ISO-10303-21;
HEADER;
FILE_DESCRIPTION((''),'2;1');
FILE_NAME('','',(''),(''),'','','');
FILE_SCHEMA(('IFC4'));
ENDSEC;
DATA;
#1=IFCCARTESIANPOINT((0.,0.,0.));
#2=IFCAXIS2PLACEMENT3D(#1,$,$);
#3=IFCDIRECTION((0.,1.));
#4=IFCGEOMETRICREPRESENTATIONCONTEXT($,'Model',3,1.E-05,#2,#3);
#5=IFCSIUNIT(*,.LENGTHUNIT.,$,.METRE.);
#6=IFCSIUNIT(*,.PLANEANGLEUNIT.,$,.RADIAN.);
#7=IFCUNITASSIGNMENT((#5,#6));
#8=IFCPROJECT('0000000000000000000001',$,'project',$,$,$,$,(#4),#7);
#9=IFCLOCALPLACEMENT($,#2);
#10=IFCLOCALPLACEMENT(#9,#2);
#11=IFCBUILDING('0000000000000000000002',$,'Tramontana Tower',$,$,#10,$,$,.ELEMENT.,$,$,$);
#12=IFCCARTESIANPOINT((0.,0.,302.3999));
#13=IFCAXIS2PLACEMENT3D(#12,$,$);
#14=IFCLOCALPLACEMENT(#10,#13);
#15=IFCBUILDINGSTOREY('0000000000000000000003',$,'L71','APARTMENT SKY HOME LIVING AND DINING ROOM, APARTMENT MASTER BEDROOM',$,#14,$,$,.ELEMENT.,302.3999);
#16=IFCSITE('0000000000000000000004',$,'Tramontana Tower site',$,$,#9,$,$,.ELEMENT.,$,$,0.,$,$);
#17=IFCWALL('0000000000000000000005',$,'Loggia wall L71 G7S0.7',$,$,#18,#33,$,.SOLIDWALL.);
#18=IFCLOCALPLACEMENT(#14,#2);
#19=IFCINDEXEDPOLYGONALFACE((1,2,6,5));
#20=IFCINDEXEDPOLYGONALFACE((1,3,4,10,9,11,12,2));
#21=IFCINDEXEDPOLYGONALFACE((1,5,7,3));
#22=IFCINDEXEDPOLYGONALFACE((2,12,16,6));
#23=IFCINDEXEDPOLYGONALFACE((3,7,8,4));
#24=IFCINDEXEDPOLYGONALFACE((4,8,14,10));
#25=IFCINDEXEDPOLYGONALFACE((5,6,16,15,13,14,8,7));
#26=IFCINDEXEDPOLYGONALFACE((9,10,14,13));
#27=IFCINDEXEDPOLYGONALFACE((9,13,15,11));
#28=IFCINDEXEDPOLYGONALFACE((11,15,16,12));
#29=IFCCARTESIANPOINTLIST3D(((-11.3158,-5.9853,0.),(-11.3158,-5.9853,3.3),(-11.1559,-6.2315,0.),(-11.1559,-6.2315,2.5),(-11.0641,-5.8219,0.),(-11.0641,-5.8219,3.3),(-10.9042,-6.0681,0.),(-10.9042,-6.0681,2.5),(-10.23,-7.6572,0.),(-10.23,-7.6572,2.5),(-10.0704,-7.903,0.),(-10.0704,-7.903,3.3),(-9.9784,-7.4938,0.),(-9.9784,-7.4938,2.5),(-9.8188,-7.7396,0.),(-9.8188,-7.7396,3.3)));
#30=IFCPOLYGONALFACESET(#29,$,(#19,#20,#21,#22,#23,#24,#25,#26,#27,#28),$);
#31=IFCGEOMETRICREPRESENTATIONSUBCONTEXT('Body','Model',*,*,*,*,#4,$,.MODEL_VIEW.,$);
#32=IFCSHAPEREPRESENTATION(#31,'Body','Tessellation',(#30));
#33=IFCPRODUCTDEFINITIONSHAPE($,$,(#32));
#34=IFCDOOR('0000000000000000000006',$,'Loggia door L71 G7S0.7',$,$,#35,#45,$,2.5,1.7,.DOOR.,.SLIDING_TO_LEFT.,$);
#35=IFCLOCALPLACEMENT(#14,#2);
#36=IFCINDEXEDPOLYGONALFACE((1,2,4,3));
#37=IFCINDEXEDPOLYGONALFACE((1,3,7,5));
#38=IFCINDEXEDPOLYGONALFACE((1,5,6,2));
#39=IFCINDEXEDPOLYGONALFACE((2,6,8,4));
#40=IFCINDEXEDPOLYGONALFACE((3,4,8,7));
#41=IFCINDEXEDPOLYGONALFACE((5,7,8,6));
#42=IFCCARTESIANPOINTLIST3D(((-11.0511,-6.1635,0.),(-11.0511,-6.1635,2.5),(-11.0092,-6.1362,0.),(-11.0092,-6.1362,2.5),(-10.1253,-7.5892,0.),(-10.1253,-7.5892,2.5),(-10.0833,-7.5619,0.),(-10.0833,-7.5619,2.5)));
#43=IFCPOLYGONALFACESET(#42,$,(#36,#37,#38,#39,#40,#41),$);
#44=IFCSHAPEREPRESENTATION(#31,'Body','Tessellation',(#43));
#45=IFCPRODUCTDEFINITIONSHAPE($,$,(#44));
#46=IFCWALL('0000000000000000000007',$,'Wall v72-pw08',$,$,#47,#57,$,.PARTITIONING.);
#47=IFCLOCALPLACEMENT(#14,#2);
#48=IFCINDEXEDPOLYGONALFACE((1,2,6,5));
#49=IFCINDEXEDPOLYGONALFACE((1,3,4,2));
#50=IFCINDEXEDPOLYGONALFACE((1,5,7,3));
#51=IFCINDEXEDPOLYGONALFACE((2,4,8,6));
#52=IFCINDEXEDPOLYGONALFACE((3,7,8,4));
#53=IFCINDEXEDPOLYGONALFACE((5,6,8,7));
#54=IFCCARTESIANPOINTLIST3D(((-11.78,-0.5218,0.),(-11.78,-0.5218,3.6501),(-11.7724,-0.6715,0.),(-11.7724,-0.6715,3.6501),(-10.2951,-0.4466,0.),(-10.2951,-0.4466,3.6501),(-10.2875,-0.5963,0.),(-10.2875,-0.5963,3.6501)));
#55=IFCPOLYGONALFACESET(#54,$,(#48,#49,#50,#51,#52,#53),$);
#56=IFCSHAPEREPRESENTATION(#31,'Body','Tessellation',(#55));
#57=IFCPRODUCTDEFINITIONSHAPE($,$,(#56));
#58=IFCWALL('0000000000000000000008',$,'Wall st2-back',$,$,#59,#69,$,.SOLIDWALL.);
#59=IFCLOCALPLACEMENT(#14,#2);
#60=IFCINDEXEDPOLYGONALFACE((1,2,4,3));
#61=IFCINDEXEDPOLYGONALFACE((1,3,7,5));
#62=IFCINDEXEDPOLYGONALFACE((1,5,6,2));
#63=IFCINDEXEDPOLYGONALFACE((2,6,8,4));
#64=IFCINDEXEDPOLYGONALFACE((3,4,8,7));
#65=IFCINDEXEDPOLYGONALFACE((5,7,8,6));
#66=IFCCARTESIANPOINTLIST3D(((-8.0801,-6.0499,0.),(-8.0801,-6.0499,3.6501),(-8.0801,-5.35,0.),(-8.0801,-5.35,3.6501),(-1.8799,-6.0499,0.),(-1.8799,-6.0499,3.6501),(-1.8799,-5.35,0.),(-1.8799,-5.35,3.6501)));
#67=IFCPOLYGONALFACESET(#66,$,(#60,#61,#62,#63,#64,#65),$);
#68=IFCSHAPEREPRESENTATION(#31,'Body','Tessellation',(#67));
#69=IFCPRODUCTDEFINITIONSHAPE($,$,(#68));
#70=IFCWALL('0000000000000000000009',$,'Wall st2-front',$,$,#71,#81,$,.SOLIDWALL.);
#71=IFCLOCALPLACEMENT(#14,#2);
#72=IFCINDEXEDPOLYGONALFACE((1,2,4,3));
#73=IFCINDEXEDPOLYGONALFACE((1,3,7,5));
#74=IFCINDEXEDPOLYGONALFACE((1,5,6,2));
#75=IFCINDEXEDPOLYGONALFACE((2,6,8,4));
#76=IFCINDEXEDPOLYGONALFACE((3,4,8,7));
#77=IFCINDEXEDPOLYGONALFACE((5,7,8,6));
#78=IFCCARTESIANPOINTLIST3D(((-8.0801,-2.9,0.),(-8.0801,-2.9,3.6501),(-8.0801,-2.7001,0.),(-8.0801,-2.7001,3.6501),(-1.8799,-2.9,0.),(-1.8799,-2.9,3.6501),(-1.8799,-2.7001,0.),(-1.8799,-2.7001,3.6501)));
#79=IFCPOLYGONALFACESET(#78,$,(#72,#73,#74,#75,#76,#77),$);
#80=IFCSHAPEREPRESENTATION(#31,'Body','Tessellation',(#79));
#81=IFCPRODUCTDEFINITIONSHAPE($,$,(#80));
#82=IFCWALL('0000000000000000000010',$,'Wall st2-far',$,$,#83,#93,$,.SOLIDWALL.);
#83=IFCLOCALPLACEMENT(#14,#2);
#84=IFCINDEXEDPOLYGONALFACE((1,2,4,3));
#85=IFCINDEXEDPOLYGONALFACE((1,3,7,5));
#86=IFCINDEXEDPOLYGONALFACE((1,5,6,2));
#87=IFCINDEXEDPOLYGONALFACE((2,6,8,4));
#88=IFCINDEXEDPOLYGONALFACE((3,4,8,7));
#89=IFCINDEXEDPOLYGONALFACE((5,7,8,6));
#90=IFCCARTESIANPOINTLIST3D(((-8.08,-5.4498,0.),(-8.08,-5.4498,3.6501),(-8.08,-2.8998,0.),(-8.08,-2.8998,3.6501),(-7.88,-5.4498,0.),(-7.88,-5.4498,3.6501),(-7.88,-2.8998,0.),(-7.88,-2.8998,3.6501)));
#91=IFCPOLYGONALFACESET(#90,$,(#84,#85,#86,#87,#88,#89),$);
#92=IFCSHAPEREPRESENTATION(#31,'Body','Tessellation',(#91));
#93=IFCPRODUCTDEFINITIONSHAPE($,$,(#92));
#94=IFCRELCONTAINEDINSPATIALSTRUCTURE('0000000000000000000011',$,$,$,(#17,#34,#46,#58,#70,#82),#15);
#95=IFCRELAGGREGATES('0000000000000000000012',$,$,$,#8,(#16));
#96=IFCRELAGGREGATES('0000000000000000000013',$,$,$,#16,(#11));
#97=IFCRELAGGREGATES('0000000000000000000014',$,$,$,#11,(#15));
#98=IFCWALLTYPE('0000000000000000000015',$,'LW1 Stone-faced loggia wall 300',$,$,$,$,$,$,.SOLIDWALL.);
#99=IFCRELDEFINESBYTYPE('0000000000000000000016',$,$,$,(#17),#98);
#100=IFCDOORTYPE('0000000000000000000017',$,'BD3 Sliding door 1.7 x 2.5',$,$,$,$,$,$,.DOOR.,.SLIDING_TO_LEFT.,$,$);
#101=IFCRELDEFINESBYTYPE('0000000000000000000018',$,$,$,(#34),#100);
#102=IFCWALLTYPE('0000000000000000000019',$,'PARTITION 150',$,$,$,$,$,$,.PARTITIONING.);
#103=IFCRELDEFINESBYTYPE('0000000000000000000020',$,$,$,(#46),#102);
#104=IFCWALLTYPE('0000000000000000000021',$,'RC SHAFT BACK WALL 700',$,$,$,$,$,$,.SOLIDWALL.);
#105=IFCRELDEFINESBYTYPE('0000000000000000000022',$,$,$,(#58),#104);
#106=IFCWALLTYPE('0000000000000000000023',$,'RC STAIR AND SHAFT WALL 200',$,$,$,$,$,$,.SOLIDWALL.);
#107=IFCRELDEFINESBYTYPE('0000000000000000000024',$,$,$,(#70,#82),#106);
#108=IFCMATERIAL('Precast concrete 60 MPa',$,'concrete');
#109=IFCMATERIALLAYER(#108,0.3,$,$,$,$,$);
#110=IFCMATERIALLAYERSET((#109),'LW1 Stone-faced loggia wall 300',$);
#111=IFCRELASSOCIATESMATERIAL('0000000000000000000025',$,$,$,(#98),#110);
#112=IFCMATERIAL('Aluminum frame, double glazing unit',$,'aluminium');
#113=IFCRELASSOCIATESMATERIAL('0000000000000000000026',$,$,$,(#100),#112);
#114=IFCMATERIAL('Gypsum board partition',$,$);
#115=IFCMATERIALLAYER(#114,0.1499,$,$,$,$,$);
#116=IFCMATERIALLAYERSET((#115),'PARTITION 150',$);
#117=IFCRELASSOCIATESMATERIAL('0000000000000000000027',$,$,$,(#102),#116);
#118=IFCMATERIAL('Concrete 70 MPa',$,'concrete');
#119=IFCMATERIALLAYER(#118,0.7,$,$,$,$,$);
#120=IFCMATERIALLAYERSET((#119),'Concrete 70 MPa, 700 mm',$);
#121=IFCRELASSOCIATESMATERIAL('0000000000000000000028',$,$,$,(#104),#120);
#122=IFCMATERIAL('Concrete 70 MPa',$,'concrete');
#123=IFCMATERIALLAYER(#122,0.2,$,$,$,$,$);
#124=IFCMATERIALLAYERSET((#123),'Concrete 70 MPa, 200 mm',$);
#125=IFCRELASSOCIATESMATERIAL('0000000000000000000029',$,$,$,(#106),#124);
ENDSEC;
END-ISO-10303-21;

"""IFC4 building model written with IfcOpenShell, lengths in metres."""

from ifc_helpers import new_model, si_unit, direction, frame, frame_2d, origin, place, context, subcontext, project, spatial, rectangle, extrude, material, layer, layer_set, type_object, element, fill, save


model = new_model("IFC4")

# Units and contexts
model_context = context("Model", 3, precision=1e-05, world=origin(), true_north=direction((0.0, 1.0)))
body_context = subcontext(model_context, "Body", "Model", "MODEL_VIEW")
ifc_project = project(units=[si_unit("LENGTHUNIT", "METRE"), si_unit("PLANEANGLEUNIT", "RADIAN")], contexts=[model_context])

# Site, building, storey
site_placement = place(None, origin())
site = spatial("IfcSite", under=ifc_project, at=site_placement, Name="Tramontana Tower site", CompositionType="ELEMENT", RefElevation=0.0)
building_placement = place(site_placement, origin())
building = spatial("IfcBuilding", under=site, at=building_placement, Name="Tramontana Tower", CompositionType="ELEMENT")
storey_placement = place(building_placement, frame((0.0, 0.0, 302.3999)))
storey = spatial("IfcBuildingStorey", under=building, at=storey_placement, Name="L71", Description="APARTMENT SKY HOME LIVING AND DINING ROOM, APARTMENT MASTER BEDROOM", CompositionType="ELEMENT", Elevation=302.3999)

# Shared definitions
ifc_material_1 = material(Name="Precast concrete 60 MPa", Category="concrete")
ifc_layer_1 = layer(ifc_material_1, 0.3)
ifc_layer_set_1 = layer_set([ifc_layer_1], Name="LW1 Stone-faced loggia wall 300")
wall_type_1 = type_object("IfcWallType", Name="LW1 Stone-faced loggia wall 300", PredefinedType="SOLIDWALL", material=ifc_layer_set_1)

# Wall, opening, door
wall_1_placement = place(storey_placement, frame((-11.1899, -5.9036, 0.0), z_axis=(0.0, 0.0, 1.0), x_axis=(0.544632, -0.838675, 0.0)))
wall_1 = element("IfcWall", 1, at=wall_1_placement, inside=storey, type_object=wall_type_1, Name="Loggia wall L71 G7S0.7", PredefinedType="SOLIDWALL", context=body_context, shape_type="SweptSolid", body=[
    extrude(rectangle(XDim=2.2866, YDim=0.3, at=frame_2d((1.1433, 0.0))), origin(), (0.0, 0.0, 1.0), 3.3),
])
opening_1_placement = place(wall_1_placement, frame((0.2935, 0.0, 0.0)))
opening_1 = element("IfcOpeningElement", 2, at=opening_1_placement, cuts=wall_1, PredefinedType="OPENING", context=body_context, shape_type="SweptSolid", body=[
    extrude(rectangle(XDim=1.7, YDim=2.5, at=frame_2d((0.8501, 1.25))), frame((0.0, 0.1599, 0.0), z_axis=(0.0, -1.0, 0.0), x_axis=(1.0, 0.0, 0.0)), (0.0, 0.0, 1.0), 0.3201),
])
ifc_material_2 = material(Name="Aluminum frame, double glazing unit", Category="aluminium")
door_type_1 = type_object("IfcDoorType", Name="BD3 Sliding door 1.7 x 2.5", OperationType="SLIDING_TO_LEFT", PredefinedType="DOOR", material=ifc_material_2)
door_1_placement = place(opening_1_placement, origin())
door_1 = element("IfcDoor", 3, at=door_1_placement, inside=storey, type_object=door_type_1, Name="Loggia door L71 G7S0.7", OperationType="SLIDING_TO_LEFT", OverallHeight=2.5, OverallWidth=1.7, PredefinedType="DOOR", context=body_context, shape_type="SweptSolid", body=[
    extrude(rectangle(XDim=1.7, YDim=2.5, at=frame_2d((0.8501, 1.25))), frame((0.0, 0.0249, 0.0), z_axis=(0.0, -1.0, 0.0), x_axis=(1.0, 0.0, 0.0)), (0.0, 0.0, 1.0), 0.05),
])
fill(opening_1, door_1)
ifc_material_3 = material(Name="Gypsum board partition")
ifc_layer_2 = layer(ifc_material_3, 0.1499)
ifc_layer_set_2 = layer_set([ifc_layer_2], Name="PARTITION 150")
wall_type_2 = type_object("IfcWallType", Name="PARTITION 150", PredefinedType="PARTITIONING", material=ifc_layer_set_2)

# Walls
wall_2_placement = place(storey_placement, frame((-10.2913, -0.5215, 0.0), z_axis=(0.0, 0.0, 1.0), x_axis=(-0.99872, -0.050576, 0.0)))
element("IfcWall", 4, at=wall_2_placement, inside=storey, type_object=wall_type_2, Name="Wall v72-pw08", PredefinedType="PARTITIONING", context=body_context, shape_type="SweptSolid", body=[
    extrude(rectangle(XDim=1.4868, YDim=0.1499, at=frame_2d((0.7434, 0.0))), origin(), (0.0, 0.0, 1.0), 3.6501),
])
ifc_material_4 = material(Name="Concrete 70 MPa", Category="concrete")
ifc_layer_3 = layer(ifc_material_4, 0.7)
ifc_layer_set_3 = layer_set([ifc_layer_3], Name="Concrete 70 MPa, 700 mm")
wall_type_3 = type_object("IfcWallType", Name="RC SHAFT BACK WALL 700", PredefinedType="SOLIDWALL", material=ifc_layer_set_3)
wall_3_placement = place(storey_placement, frame((-8.0801, -5.7, 0.0), z_axis=(0.0, 0.0, 1.0), x_axis=(1.0, 0.0, 0.0)))
element("IfcWall", 5, at=wall_3_placement, inside=storey, type_object=wall_type_3, Name="Wall st2-back", PredefinedType="SOLIDWALL", context=body_context, shape_type="SweptSolid", body=[
    extrude(rectangle(XDim=6.2002, YDim=0.7, at=frame_2d((3.1001, 0.0))), origin(), (0.0, 0.0, 1.0), 3.6501),
])
ifc_material_5 = material(Name="Concrete 70 MPa", Category="concrete")
ifc_layer_4 = layer(ifc_material_5, 0.2)
ifc_layer_set_4 = layer_set([ifc_layer_4], Name="Concrete 70 MPa, 200 mm")
wall_type_4 = type_object("IfcWallType", Name="RC STAIR AND SHAFT WALL 200", PredefinedType="SOLIDWALL", material=ifc_layer_set_4)
wall_4_placement = place(storey_placement, frame((-8.0801, -2.8, 0.0), z_axis=(0.0, 0.0, 1.0), x_axis=(1.0, 0.0, 0.0)))
element("IfcWall", 6, at=wall_4_placement, inside=storey, type_object=wall_type_4, Name="Wall st2-front", PredefinedType="SOLIDWALL", context=body_context, shape_type="SweptSolid", body=[
    extrude(rectangle(XDim=6.2002, YDim=0.2, at=frame_2d((3.1001, 0.0))), origin(), (0.0, 0.0, 1.0), 3.6501),
])
wall_5_placement = place(storey_placement, frame((-7.98, -2.8999, 0.0), z_axis=(0.0, 0.0, 1.0), x_axis=(0.0, -1.0, 0.0)))
element("IfcWall", 7, at=wall_5_placement, inside=storey, type_object=wall_type_4, Name="Wall st2-far", PredefinedType="SOLIDWALL", context=body_context, shape_type="SweptSolid", body=[
    extrude(rectangle(XDim=2.55, YDim=0.2, at=frame_2d((1.2749, 0.0))), origin(), (0.0, 0.0, 1.0), 3.6501),
])

save(model, "model.ifc")
